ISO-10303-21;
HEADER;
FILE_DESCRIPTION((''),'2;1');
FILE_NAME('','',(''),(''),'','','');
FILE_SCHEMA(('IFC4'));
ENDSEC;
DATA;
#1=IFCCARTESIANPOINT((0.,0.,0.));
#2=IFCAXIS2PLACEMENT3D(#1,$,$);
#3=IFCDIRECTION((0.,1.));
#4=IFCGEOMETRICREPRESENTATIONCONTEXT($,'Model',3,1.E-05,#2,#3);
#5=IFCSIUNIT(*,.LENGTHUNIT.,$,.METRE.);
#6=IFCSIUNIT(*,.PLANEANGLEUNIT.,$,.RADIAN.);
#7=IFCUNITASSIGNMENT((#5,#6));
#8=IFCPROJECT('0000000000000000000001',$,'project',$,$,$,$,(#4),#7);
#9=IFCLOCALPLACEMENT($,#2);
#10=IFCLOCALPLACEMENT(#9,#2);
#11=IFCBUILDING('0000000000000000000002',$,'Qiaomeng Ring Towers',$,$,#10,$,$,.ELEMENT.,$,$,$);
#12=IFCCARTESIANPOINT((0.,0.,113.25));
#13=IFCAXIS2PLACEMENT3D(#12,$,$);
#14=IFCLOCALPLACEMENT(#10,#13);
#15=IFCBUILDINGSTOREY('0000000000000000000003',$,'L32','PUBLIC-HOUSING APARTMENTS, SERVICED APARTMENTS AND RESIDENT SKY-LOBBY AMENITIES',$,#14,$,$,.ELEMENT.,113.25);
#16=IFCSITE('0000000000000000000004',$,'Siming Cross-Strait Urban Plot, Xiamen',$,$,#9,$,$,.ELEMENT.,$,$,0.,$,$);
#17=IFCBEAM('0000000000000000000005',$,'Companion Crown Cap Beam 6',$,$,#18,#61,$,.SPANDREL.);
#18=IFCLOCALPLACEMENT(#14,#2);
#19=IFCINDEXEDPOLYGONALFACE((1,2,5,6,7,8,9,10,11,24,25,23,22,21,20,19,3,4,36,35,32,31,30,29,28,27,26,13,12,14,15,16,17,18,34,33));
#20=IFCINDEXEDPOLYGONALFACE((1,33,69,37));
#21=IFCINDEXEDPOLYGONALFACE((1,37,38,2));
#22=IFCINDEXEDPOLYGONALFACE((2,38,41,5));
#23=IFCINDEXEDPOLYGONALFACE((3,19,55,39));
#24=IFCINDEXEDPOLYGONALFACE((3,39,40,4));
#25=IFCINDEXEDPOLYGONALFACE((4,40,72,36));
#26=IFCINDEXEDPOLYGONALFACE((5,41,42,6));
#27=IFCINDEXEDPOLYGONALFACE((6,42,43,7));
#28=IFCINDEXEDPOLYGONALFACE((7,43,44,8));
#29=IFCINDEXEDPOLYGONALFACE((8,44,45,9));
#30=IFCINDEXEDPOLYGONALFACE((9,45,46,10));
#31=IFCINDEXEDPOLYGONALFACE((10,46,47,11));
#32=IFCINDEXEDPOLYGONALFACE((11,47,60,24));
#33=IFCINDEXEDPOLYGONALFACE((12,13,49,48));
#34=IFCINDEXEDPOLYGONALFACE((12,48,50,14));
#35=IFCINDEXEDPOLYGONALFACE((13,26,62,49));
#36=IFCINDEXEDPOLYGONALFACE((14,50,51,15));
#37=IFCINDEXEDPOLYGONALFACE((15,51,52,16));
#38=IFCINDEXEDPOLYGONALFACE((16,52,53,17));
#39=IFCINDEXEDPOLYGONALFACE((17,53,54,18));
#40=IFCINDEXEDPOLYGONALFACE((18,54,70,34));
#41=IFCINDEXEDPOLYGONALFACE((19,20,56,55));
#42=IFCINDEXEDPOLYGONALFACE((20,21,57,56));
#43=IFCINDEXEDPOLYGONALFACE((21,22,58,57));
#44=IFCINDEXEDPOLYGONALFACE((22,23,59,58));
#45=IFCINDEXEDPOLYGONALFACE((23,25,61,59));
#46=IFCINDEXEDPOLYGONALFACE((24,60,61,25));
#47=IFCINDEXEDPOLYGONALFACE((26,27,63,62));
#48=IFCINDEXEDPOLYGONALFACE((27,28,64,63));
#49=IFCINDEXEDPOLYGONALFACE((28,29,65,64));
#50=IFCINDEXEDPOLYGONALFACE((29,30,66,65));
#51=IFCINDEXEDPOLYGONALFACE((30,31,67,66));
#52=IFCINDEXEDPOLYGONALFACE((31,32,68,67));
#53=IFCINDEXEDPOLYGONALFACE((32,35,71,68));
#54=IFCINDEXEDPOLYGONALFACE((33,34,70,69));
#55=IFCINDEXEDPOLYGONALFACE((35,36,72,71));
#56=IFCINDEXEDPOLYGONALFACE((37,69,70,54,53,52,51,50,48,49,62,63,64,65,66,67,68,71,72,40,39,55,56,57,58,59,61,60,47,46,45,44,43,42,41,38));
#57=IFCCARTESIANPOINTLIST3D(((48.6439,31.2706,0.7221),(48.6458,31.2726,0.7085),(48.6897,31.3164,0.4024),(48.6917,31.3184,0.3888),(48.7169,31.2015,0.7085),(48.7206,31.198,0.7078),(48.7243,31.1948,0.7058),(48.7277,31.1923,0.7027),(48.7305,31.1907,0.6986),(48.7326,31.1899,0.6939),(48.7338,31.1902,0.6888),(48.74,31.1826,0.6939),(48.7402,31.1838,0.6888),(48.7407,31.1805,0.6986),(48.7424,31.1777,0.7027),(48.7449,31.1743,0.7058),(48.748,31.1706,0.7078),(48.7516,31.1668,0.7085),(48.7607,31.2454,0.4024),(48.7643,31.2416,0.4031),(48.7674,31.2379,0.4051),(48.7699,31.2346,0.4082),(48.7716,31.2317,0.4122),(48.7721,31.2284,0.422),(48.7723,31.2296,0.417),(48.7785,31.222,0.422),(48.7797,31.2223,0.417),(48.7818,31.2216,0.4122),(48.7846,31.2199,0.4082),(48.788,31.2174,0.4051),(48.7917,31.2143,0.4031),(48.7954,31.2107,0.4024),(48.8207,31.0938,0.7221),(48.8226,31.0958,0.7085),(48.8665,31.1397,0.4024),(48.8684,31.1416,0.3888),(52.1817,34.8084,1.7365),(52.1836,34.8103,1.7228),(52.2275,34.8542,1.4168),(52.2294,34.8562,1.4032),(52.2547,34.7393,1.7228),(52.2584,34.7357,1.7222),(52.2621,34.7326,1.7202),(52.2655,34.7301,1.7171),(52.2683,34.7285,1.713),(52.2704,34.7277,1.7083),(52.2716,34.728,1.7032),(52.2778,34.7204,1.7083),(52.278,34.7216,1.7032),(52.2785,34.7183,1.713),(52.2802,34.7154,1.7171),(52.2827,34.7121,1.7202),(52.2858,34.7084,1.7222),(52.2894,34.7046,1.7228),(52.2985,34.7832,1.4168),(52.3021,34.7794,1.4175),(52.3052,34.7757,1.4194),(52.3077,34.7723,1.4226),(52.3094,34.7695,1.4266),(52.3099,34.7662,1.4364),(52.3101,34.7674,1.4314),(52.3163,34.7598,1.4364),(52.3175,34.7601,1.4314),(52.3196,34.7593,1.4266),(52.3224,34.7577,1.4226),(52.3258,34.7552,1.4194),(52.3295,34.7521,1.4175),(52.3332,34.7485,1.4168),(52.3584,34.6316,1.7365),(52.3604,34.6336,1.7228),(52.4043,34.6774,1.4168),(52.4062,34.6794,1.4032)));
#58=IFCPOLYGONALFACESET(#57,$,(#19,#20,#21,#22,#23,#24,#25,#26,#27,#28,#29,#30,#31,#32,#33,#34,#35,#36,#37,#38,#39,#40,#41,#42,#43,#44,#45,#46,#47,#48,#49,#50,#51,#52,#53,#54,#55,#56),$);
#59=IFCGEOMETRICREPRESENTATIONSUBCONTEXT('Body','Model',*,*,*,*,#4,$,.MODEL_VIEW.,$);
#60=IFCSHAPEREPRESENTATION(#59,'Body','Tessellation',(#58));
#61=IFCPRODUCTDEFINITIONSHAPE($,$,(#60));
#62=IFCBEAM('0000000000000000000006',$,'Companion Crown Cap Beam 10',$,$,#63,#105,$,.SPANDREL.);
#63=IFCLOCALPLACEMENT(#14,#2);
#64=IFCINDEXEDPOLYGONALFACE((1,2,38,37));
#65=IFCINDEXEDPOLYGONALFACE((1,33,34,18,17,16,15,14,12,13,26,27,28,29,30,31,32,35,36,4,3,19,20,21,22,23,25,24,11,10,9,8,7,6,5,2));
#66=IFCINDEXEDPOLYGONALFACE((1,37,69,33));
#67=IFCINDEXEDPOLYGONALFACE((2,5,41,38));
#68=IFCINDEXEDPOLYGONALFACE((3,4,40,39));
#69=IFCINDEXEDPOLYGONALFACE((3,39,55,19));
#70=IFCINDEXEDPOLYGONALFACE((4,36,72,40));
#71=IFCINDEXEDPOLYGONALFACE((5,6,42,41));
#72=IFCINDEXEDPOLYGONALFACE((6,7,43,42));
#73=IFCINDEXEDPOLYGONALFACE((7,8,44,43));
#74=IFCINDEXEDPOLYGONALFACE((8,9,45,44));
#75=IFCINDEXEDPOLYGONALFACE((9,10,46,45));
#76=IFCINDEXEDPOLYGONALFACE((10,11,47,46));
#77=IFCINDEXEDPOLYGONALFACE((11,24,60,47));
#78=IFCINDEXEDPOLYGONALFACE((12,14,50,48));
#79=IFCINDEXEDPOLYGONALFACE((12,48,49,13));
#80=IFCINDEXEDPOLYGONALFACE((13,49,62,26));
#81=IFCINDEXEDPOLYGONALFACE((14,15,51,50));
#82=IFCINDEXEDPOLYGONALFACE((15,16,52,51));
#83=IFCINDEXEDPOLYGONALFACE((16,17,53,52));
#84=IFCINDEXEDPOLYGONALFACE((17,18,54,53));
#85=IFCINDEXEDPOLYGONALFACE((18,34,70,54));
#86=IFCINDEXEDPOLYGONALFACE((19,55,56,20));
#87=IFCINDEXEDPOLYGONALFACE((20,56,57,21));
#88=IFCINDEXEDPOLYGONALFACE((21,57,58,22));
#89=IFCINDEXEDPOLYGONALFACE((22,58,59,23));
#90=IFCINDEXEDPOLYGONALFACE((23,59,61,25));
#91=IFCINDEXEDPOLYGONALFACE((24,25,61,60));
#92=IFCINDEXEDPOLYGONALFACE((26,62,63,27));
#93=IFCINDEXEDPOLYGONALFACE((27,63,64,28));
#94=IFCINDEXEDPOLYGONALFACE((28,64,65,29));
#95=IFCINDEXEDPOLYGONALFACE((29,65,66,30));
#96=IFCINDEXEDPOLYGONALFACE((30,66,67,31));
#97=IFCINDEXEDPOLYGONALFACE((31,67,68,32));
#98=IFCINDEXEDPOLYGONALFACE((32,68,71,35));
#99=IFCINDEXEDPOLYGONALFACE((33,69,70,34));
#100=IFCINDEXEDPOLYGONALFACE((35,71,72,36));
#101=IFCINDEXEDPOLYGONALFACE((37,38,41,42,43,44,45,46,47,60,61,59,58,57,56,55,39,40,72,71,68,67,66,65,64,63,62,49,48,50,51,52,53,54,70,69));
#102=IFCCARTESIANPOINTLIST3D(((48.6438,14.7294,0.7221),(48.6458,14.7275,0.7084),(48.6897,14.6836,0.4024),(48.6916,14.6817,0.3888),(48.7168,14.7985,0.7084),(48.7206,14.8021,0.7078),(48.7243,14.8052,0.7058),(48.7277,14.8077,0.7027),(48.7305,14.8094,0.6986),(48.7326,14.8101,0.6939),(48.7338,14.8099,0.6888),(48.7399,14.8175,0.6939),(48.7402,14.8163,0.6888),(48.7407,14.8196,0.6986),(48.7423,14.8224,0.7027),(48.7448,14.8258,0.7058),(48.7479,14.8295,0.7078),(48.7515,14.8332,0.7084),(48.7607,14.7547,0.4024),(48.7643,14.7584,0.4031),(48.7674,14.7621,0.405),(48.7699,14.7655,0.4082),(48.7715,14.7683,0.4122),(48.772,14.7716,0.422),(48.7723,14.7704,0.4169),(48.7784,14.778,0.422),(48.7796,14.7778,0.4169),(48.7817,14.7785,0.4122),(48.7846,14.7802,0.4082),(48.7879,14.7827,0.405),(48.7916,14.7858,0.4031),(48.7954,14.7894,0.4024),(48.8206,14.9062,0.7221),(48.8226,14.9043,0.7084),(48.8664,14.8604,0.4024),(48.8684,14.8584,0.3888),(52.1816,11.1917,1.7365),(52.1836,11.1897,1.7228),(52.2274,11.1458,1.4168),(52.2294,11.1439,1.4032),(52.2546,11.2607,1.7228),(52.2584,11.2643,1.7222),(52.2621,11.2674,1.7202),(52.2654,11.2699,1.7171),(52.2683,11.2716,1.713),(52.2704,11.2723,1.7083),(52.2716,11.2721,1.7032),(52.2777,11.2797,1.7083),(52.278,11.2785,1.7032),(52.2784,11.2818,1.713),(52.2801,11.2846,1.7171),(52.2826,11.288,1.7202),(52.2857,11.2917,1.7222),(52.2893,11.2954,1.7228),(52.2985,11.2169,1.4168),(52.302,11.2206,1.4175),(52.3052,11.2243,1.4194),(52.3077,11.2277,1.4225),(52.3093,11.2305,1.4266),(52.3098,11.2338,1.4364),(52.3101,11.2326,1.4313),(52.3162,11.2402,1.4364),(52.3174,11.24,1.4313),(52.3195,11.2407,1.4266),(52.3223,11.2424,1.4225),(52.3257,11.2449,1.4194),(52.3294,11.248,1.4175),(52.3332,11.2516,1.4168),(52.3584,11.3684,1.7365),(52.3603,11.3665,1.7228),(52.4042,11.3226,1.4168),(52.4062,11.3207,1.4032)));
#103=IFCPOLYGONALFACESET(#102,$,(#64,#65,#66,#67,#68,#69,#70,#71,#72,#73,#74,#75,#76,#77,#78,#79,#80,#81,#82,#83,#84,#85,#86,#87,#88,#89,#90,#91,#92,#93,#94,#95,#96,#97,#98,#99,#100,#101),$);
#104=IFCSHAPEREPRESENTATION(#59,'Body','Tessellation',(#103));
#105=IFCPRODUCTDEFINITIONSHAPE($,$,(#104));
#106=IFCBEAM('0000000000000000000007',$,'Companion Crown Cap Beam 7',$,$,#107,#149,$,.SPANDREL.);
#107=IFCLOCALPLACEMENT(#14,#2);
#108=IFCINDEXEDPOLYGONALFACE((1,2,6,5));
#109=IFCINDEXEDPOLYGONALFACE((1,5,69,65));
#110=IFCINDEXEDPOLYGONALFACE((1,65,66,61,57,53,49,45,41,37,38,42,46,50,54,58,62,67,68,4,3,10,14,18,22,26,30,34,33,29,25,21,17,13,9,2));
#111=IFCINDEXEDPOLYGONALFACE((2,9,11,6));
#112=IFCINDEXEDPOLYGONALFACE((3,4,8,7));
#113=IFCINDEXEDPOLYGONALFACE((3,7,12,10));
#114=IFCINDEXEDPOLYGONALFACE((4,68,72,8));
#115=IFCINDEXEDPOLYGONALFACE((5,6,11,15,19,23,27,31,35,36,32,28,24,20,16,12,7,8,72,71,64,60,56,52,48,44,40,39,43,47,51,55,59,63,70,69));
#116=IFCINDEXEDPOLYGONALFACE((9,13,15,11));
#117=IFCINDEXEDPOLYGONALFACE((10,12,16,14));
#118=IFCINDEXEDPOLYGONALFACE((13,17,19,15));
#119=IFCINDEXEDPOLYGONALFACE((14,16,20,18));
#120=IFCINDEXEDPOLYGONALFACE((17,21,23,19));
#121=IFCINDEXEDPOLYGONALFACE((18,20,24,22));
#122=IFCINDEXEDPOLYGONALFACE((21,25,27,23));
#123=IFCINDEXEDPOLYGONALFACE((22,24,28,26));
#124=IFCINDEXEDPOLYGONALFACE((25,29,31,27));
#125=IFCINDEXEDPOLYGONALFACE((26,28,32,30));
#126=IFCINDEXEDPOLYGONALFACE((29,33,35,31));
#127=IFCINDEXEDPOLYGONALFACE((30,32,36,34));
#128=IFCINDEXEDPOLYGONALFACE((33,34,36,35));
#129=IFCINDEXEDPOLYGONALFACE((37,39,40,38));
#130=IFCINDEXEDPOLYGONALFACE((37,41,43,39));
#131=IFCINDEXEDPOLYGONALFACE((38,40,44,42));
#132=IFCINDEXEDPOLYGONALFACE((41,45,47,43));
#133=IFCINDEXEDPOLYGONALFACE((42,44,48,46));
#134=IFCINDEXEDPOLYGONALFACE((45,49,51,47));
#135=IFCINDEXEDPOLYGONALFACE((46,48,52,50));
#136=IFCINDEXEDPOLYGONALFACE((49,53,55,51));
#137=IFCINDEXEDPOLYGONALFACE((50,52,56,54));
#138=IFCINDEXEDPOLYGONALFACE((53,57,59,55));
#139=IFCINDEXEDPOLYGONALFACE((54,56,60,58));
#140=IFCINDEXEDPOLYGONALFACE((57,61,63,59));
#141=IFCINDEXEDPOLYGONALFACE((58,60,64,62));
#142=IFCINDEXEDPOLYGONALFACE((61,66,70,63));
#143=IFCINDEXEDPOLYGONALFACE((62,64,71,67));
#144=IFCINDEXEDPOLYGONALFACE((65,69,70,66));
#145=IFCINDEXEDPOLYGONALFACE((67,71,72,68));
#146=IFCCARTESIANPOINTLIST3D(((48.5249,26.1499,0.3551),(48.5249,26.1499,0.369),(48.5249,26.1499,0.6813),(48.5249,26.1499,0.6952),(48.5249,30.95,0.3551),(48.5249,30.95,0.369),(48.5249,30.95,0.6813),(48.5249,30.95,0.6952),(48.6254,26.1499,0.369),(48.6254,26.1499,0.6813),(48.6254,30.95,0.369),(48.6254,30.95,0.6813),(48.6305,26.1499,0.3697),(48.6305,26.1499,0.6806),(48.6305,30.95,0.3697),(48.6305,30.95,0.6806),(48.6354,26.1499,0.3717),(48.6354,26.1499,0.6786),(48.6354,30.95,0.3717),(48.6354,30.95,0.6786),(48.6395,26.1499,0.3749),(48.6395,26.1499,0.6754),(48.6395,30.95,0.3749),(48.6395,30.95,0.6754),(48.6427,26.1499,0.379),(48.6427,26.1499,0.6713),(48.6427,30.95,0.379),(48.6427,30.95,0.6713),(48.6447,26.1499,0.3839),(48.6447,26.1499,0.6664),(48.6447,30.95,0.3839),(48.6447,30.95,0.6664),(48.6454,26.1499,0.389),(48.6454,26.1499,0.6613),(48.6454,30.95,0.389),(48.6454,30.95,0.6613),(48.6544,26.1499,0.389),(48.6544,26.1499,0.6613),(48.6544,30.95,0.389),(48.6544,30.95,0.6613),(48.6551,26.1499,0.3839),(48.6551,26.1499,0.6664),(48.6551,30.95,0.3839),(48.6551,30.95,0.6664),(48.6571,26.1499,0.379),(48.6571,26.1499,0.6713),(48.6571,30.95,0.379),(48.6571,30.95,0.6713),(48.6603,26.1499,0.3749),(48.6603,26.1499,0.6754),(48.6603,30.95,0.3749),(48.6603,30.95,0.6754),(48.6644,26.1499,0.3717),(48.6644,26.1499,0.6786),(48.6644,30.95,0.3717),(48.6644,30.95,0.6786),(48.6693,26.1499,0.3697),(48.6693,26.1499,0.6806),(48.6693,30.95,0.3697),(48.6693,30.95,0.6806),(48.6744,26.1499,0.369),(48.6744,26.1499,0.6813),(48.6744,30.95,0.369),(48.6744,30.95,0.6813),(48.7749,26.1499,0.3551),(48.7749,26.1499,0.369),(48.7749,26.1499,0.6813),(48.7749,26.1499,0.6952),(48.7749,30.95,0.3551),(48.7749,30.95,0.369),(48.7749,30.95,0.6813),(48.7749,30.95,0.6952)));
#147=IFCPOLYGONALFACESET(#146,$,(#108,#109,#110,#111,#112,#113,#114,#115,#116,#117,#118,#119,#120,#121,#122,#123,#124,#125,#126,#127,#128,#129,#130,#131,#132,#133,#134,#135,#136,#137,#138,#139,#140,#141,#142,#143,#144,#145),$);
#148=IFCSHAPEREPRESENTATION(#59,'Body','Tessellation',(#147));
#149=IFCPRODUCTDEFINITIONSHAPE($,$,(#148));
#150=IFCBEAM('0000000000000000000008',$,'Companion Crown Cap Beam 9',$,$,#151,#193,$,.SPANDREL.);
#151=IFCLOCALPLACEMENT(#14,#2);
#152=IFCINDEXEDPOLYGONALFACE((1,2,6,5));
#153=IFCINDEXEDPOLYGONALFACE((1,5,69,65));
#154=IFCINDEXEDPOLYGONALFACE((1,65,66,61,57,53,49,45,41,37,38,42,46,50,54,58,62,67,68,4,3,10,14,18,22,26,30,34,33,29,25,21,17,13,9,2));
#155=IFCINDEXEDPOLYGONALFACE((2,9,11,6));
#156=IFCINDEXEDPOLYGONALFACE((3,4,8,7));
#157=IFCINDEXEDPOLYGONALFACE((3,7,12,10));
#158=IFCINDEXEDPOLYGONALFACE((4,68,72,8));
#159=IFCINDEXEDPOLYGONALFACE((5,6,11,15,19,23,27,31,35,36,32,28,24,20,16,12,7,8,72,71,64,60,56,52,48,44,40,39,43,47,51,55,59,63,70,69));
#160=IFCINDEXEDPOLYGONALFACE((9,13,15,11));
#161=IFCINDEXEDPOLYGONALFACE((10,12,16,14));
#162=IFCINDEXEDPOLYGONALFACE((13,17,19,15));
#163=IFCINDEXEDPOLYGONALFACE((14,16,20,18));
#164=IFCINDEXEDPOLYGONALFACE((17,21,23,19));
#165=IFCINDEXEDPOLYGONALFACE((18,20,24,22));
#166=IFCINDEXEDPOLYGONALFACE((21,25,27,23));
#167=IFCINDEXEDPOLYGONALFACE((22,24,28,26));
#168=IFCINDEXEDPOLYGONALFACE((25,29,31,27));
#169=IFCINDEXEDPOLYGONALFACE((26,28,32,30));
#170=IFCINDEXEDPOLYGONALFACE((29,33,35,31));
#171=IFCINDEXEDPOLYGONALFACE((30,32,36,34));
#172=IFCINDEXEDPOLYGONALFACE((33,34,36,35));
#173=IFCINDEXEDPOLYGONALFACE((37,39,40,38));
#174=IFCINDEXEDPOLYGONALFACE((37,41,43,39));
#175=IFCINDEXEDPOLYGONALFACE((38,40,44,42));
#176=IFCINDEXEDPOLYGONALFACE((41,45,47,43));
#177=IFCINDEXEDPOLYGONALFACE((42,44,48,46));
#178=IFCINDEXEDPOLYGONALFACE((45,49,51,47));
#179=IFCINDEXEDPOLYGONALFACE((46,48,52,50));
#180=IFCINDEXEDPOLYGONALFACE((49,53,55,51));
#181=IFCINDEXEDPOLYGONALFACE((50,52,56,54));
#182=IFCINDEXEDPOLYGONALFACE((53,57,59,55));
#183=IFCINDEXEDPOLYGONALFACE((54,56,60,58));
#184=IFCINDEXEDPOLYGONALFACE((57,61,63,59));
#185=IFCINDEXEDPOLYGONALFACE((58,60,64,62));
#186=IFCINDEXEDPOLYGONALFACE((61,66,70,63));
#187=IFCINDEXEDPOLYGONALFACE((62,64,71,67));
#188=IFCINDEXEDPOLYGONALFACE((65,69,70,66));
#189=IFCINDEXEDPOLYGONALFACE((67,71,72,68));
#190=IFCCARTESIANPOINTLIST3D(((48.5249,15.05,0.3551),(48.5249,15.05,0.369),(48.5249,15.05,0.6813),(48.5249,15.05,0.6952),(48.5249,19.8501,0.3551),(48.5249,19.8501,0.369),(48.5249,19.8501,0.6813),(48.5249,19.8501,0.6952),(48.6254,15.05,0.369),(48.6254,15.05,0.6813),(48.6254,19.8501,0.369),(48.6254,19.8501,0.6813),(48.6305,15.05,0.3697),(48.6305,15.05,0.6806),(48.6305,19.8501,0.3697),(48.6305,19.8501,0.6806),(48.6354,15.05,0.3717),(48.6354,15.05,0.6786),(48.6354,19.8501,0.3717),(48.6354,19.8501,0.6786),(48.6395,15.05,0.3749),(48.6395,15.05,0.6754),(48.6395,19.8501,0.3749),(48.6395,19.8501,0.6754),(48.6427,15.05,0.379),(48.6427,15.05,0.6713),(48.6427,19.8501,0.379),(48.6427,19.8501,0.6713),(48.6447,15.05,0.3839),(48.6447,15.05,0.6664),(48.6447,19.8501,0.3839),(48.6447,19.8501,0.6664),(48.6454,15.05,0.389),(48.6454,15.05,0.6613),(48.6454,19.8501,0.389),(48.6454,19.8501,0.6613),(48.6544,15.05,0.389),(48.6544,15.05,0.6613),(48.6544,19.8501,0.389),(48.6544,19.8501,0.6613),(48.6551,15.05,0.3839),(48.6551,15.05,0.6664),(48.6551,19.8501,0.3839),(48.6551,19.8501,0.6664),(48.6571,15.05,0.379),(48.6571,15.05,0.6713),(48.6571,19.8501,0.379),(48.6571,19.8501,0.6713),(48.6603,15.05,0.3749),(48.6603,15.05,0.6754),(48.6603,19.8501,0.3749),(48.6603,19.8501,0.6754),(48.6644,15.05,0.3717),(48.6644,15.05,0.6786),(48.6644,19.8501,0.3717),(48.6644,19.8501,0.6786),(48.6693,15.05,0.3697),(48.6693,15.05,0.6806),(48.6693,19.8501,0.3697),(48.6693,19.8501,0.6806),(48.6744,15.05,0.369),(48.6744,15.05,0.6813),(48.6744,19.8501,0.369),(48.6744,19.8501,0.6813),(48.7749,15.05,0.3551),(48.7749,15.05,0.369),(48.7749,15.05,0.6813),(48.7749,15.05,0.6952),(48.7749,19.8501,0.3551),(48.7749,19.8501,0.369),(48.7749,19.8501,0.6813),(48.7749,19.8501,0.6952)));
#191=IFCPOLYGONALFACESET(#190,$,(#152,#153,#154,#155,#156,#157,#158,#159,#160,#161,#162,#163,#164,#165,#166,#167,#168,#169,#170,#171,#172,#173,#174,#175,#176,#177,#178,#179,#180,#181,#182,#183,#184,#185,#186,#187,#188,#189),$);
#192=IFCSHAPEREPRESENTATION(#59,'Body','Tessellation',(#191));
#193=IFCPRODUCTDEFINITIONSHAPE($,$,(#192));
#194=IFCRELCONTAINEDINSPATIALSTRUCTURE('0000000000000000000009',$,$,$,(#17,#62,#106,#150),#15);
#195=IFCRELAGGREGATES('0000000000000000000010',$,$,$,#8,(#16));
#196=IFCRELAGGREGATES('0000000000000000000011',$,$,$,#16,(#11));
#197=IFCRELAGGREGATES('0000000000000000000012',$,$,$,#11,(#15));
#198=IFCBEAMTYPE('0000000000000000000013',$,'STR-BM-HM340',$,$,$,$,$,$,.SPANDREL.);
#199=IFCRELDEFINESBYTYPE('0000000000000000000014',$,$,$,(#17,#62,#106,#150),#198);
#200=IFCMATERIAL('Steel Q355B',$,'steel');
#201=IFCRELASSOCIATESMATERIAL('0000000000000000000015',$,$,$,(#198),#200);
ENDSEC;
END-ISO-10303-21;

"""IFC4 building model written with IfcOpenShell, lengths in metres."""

from ifc_helpers import new_model, si_unit, direction, frame, origin, origin_2d, place, context, subcontext, project, spatial, i_section, extrude, source, transform, mapped, material, material_profile, profile_set, type_object, element, save


model = new_model("IFC4")

# Units and contexts
model_context = context("Model", 3, precision=1e-05, world=origin(), true_north=direction((0.0, 1.0)))
body_context = subcontext(model_context, "Body", "Model", "MODEL_VIEW")
ifc_project = project(units=[si_unit("LENGTHUNIT", "METRE"), si_unit("PLANEANGLEUNIT", "RADIAN")], contexts=[model_context])

# Site, building, storey
site_placement = place(None, origin())
site = spatial("IfcSite", under=ifc_project, at=site_placement, Name="Siming Cross-Strait Urban Plot, Xiamen", CompositionType="ELEMENT", RefElevation=0.0)
building_placement = place(site_placement, origin())
building = spatial("IfcBuilding", under=site, at=building_placement, Name="Qiaomeng Ring Towers", CompositionType="ELEMENT")
storey_placement = place(building_placement, frame((0.0, 0.0, 113.25)))
storey = spatial("IfcBuildingStorey", under=building, at=storey_placement, Name="L32", Description="PUBLIC-HOUSING APARTMENTS, SERVICED APARTMENTS AND RESIDENT SKY-LOBBY AMENITIES", CompositionType="ELEMENT", Elevation=113.25)

# Shared definitions
ifc_material_1 = material(Name="Steel Q355B", Category="steel")

# Beams
ifc_material_profile_1 = material_profile(ifc_material_1, i_section(OverallWidth=0.25, OverallDepth=0.3401, WebThickness=0.009, FlangeThickness=0.0139, FilletRadius=0.02, at=origin_2d()), Name="HM 340x250x9x14")
ifc_profile_set_1 = profile_set([ifc_material_profile_1], Name="Steel Q355B")
beam_type_1 = type_object("IfcBeamType", Name="STR-BM-HM340", PredefinedType="SPANDREL", material=ifc_profile_set_1)
shared_shape_1 = source(origin(), body_context, "Body", "SweptSolid", [
    extrude(i_section(OverallWidth=0.25, OverallDepth=0.3401, WebThickness=0.009, FlangeThickness=0.0139, FilletRadius=0.02, at=origin_2d()), origin(), (0.0, 0.0, 1.0), 5.105),
])
for number, where, z_axis, x_axis, name in (
    (1, (52.2939, 34.7439, 1.5698), (-0.693007, -0.693007, -0.198706), (0.707107, -0.707107, 0.0), "Companion Crown Cap Beam 6"),
    (2, (48.7561, 14.7939, 0.5554), (0.693007, -0.693007, 0.198706), (0.707107, 0.707107, 0.0), "Companion Crown Cap Beam 10"),
):
    element("IfcBeam", number, at=place(storey_placement, frame(where, z_axis=z_axis, x_axis=x_axis)), inside=storey, type_object=beam_type_1, Name=name, PredefinedType="SPANDREL", context=body_context, shape_type="MappedRepresentation", body=[
        mapped(shared_shape_1, transform((0.0, 0.0, 0.0), x_axis=(1.0, 0.0, 0.0), y_axis=(0.0, 1.0, 0.0), z_axis=(0.0, 0.0, 1.0), scale=1.0)),
    ])
shared_shape_2 = source(origin(), body_context, "Body", "SweptSolid", [
    extrude(i_section(OverallWidth=0.25, OverallDepth=0.3401, WebThickness=0.009, FlangeThickness=0.0139, FilletRadius=0.02, at=origin_2d()), origin(), (0.0, 0.0, 1.0), 4.8),
])
for number, where, z_axis, x_axis, name in (
    (3, (48.6499, 30.95, 0.5251), (0.0, -1.0, 0.0), (1.0, 0.0, 0.0), "Companion Crown Cap Beam 7"),
    (4, (48.6499, 19.8501, 0.5251), (0.0, -1.0, 0.0), (1.0, 0.0, 0.0), "Companion Crown Cap Beam 9"),
):
    element("IfcBeam", number, at=place(storey_placement, frame(where, z_axis=z_axis, x_axis=x_axis)), inside=storey, type_object=beam_type_1, Name=name, PredefinedType="SPANDREL", context=body_context, shape_type="MappedRepresentation", body=[
        mapped(shared_shape_2, transform((0.0, 0.0, 0.0), x_axis=(1.0, 0.0, 0.0), y_axis=(0.0, 1.0, 0.0), z_axis=(0.0, 0.0, 1.0), scale=1.0)),
    ])

save(model, "model.ifc")
